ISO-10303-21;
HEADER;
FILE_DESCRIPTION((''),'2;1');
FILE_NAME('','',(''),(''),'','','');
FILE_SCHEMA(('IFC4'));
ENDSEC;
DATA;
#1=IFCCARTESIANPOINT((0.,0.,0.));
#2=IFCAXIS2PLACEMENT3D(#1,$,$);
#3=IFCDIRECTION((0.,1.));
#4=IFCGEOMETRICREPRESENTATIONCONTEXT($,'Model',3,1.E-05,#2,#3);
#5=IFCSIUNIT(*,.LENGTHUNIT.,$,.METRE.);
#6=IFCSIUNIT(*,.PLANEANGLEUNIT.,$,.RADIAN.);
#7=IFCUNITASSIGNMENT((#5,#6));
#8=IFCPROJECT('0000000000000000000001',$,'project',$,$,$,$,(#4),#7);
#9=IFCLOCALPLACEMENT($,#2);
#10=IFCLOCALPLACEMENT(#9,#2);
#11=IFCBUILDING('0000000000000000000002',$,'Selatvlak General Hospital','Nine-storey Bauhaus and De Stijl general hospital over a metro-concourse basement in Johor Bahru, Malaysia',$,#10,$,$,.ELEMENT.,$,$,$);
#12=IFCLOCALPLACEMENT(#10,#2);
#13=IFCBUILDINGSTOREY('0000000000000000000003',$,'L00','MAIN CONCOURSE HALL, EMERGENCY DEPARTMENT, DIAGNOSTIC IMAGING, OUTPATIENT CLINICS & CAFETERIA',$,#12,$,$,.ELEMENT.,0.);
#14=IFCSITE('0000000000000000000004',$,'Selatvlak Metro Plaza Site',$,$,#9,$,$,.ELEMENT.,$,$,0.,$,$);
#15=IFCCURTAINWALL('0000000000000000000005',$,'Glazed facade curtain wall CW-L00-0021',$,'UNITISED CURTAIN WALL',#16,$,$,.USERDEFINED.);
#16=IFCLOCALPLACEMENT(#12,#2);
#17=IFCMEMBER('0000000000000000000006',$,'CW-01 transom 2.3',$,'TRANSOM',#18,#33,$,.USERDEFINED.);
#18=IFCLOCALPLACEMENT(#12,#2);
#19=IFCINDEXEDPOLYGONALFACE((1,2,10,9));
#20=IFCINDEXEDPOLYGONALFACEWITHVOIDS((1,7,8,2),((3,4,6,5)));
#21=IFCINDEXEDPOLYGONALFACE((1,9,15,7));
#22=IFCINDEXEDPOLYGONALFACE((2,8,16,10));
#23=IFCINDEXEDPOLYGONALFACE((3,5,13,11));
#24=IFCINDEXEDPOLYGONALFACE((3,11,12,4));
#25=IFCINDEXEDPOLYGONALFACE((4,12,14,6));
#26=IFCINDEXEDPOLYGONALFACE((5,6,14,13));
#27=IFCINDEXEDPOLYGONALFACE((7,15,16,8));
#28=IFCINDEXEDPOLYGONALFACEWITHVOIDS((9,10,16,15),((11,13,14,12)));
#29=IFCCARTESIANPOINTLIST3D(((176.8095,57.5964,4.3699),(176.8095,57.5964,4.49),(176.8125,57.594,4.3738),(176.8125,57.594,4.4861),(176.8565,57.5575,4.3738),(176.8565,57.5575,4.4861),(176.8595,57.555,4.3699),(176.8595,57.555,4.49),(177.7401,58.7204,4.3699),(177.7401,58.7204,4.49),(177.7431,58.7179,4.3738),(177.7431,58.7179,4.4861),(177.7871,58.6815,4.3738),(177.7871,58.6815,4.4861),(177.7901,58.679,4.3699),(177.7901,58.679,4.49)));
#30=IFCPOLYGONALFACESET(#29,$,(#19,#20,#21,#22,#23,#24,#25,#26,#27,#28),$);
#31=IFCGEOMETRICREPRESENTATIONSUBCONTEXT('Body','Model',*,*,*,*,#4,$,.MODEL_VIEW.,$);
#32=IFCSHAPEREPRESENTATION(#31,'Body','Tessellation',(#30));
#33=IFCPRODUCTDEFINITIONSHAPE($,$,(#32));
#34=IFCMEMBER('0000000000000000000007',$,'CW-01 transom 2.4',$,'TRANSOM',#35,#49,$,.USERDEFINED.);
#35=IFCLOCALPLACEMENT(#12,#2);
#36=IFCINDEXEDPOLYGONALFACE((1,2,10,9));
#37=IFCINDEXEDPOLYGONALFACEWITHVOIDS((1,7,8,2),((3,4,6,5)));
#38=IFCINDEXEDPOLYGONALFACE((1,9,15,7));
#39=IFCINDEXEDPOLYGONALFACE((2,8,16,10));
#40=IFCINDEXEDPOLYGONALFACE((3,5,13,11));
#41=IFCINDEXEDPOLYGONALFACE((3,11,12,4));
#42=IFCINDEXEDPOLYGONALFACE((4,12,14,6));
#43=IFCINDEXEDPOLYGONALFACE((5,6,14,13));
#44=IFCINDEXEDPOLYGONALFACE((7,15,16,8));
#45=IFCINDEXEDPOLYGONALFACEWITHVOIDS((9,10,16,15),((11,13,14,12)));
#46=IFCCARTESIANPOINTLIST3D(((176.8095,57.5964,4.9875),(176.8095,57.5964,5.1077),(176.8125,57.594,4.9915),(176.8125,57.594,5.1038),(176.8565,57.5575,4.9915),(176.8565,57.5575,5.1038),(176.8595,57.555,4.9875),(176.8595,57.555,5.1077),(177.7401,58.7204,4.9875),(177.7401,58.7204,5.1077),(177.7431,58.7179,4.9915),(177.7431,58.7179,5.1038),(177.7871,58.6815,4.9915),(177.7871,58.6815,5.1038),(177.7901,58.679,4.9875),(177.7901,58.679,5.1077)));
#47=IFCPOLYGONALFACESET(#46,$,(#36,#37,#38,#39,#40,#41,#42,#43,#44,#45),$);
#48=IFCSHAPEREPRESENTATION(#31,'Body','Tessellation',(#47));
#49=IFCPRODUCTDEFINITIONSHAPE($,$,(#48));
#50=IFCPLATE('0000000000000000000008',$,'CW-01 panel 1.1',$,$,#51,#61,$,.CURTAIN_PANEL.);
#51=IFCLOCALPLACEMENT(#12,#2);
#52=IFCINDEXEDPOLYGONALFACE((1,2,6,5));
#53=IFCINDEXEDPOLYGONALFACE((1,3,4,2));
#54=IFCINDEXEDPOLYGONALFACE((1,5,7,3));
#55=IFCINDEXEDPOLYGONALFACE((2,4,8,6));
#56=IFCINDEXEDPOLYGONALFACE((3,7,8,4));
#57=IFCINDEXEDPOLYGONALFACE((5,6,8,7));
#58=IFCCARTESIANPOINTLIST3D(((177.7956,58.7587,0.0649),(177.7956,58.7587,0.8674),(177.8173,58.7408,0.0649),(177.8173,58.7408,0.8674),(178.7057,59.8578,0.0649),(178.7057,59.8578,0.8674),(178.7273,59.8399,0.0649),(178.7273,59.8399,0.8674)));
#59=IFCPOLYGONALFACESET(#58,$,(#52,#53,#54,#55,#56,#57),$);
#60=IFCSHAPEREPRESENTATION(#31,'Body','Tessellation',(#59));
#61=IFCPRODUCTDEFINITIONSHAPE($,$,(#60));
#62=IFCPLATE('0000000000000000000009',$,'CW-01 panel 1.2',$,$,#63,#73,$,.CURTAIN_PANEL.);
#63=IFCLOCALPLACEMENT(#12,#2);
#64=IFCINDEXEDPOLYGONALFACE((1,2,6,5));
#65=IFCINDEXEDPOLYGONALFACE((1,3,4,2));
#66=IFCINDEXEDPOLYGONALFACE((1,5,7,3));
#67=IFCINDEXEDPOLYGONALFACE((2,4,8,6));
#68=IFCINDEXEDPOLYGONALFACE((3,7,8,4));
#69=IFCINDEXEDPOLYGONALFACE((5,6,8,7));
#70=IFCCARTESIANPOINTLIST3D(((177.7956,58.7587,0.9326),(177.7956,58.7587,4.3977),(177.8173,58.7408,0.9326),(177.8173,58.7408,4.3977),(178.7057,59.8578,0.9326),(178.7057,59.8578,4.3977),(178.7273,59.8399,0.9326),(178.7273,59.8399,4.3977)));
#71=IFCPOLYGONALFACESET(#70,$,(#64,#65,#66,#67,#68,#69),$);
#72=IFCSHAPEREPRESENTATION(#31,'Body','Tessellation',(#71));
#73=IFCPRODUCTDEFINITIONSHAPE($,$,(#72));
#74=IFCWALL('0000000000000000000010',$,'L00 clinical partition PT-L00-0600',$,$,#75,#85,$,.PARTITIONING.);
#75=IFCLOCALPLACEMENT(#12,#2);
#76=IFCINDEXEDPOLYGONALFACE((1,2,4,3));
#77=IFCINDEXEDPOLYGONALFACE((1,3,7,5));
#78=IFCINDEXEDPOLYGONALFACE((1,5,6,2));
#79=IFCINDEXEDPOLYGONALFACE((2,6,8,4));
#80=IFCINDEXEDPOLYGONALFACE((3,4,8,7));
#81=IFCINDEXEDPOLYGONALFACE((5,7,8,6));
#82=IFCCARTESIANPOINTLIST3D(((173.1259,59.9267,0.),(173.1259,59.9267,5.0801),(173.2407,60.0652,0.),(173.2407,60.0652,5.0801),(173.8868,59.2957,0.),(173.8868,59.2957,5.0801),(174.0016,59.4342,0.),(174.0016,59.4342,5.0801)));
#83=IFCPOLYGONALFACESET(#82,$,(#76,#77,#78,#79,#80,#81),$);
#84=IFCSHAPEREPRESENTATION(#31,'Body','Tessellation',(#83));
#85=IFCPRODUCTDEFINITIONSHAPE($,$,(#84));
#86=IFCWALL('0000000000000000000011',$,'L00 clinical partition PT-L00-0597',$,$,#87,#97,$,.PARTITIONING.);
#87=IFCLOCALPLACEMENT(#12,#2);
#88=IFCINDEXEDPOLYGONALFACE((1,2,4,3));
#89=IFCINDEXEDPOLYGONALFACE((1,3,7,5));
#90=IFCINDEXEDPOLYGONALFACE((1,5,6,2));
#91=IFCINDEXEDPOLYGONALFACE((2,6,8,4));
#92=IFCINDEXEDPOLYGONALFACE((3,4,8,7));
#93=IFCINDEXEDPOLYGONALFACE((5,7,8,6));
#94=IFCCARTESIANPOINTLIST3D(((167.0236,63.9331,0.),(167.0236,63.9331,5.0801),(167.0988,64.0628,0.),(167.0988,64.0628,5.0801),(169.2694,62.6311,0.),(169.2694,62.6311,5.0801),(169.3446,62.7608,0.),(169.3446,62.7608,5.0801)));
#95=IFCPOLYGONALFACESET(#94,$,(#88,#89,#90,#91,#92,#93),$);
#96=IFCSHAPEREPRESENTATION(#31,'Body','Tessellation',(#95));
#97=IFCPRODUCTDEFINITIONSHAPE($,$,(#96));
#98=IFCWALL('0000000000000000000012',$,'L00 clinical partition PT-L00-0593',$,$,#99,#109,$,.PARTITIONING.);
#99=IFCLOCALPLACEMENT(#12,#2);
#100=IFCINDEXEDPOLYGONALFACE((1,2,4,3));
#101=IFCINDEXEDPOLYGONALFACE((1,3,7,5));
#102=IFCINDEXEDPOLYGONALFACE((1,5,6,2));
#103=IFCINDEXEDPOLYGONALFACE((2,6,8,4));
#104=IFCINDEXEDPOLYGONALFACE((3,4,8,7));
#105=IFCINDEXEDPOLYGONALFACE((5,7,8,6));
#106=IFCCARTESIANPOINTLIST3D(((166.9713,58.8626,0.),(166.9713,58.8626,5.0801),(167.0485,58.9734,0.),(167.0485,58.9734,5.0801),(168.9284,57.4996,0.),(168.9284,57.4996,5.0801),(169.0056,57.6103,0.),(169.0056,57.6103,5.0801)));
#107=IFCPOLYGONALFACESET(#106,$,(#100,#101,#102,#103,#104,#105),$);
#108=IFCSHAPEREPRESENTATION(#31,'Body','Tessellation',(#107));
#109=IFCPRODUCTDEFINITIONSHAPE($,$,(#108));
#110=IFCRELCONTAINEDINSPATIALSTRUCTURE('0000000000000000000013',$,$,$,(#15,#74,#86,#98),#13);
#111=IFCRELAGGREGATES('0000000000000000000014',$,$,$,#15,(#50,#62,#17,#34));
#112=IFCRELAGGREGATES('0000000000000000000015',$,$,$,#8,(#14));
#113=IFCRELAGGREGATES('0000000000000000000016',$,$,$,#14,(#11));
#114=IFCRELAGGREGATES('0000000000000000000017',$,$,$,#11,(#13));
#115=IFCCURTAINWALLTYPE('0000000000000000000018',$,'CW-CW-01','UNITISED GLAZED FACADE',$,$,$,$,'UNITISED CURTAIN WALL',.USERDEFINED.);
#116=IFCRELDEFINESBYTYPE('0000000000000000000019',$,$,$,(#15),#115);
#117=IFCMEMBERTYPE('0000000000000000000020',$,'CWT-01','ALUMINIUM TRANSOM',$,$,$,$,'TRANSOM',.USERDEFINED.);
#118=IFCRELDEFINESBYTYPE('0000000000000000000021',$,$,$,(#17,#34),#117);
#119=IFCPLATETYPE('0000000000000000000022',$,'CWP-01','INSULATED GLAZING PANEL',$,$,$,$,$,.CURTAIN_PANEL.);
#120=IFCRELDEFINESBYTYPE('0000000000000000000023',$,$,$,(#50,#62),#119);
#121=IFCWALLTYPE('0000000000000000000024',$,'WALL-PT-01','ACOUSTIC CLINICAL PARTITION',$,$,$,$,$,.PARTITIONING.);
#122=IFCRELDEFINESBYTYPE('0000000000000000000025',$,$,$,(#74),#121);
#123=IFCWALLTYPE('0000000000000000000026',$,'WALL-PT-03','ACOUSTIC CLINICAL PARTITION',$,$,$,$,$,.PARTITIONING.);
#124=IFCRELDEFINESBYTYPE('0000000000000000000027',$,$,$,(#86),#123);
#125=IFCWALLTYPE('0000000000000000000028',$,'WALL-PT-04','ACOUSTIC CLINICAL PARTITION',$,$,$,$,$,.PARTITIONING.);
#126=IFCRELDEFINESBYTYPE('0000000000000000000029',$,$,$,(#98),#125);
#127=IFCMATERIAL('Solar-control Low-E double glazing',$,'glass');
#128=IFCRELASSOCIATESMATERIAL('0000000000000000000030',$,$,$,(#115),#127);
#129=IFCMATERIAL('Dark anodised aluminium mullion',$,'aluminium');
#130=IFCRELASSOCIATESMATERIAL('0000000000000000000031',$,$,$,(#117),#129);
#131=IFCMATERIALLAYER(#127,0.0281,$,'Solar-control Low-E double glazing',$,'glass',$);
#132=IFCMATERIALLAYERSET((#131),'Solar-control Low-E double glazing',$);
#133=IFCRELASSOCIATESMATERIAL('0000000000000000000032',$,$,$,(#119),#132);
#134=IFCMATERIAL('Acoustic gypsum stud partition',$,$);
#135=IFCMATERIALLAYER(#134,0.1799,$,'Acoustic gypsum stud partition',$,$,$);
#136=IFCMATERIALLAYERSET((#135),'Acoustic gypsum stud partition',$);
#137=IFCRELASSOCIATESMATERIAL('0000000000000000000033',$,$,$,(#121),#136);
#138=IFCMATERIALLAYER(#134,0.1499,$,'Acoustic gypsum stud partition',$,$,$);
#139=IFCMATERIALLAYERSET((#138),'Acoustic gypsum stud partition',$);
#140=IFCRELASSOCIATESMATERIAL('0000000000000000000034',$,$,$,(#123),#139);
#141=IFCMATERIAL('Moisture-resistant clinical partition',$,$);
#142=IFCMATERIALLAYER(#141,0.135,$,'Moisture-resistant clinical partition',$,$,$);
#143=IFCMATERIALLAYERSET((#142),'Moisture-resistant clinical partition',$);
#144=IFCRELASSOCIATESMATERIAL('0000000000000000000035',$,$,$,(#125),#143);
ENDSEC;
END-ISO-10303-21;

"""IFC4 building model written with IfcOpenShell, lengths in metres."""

from ifc_helpers import new_model, si_unit, direction, frame, frame_2d, origin, origin_2d, place, context, subcontext, project, spatial, rectangle, hollow_rectangle, extrude, material, layer, layer_set, material_profile, profile_set, type_object, element, aggregate, save


model = new_model("IFC4")

# Units and contexts
model_context = context("Model", 3, precision=1e-05, world=origin(), true_north=direction((0.0, 1.0)))
body_context = subcontext(model_context, "Body", "Model", "MODEL_VIEW")
ifc_project = project(units=[si_unit("LENGTHUNIT", "METRE"), si_unit("PLANEANGLEUNIT", "RADIAN")], contexts=[model_context])

# Site, building, storey
site_placement = place(None, origin())
site = spatial("IfcSite", under=ifc_project, at=site_placement, Name="Selatvlak Metro Plaza Site", CompositionType="ELEMENT", RefElevation=0.0)
building_placement = place(site_placement, origin())
building = spatial("IfcBuilding", under=site, at=building_placement, Name="Selatvlak General Hospital", Description="Nine-storey Bauhaus and De Stijl general hospital over a metro-concourse basement in Johor Bahru, Malaysia", CompositionType="ELEMENT")
storey_placement = place(building_placement, origin())
storey = spatial("IfcBuildingStorey", under=building, at=storey_placement, Name="L00", Description="MAIN CONCOURSE HALL, EMERGENCY DEPARTMENT, DIAGNOSTIC IMAGING, OUTPATIENT CLINICS & CAFETERIA", CompositionType="ELEMENT", Elevation=0.0)

# Curtain wall, members, plates
ifc_material_1 = material(Name="Solar-control Low-E double glazing", Category="glass")
curtain_wall_type = type_object("IfcCurtainWallType", Name="CW-CW-01", Description="UNITISED GLAZED FACADE", ElementType="UNITISED CURTAIN WALL", PredefinedType="USERDEFINED", material=ifc_material_1)
curtain_wall_placement = place(storey_placement, origin())
curtain_wall = element("IfcCurtainWall", 1, at=curtain_wall_placement, inside=storey, type_object=curtain_wall_type, Name="Glazed facade curtain wall CW-L00-0021", ObjectType="UNITISED CURTAIN WALL", PredefinedType="USERDEFINED")
ifc_material_2 = material(Name="Dark anodised aluminium mullion", Category="aluminium")
ifc_material_profile_1 = material_profile(ifc_material_2, hollow_rectangle(XDim=0.0649, YDim=0.1201, WallThickness=0.0039, at=origin_2d()), Name="AL-TRN 65x120x4")
ifc_profile_set_1 = profile_set([ifc_material_profile_1], Name="Dark anodised aluminium mullion")
member_type_1 = type_object("IfcMemberType", Name="CWT-01", Description="ALUMINIUM TRANSOM", ElementType="TRANSOM", PredefinedType="USERDEFINED", material=ifc_profile_set_1)
member_1_placement = place(storey_placement, frame((177.7651, 58.6997, 4.4299), z_axis=(-0.637746, -0.770247, 0.0), x_axis=(0.770247, -0.637746, 0.0)))
member_1 = element("IfcMember", 2, at=member_1_placement, type_object=member_type_1, Name="CW-01 transom 2.3", ObjectType="TRANSOM", PredefinedType="USERDEFINED", context=body_context, shape_type="SweptSolid", body=[
    extrude(hollow_rectangle(XDim=0.0649, YDim=0.1201, WallThickness=0.0039, at=origin_2d()), origin(), (0.0, 0.0, 1.0), 1.4592),
])
member_2_placement = place(storey_placement, frame((177.7651, 58.6997, 5.0476), z_axis=(-0.637746, -0.770247, 0.0), x_axis=(0.770247, -0.637746, 0.0)))
member_2 = element("IfcMember", 3, at=member_2_placement, type_object=member_type_1, Name="CW-01 transom 2.4", ObjectType="TRANSOM", PredefinedType="USERDEFINED", context=body_context, shape_type="SweptSolid", body=[
    extrude(hollow_rectangle(XDim=0.0649, YDim=0.1201, WallThickness=0.0039, at=origin_2d()), origin(), (0.0, 0.0, 1.0), 1.4592),
])
ifc_layer_1 = layer(ifc_material_1, 0.0281, Name="Solar-control Low-E double glazing", Category="glass")
ifc_layer_set_1 = layer_set([ifc_layer_1], Name="Solar-control Low-E double glazing")
plate_type = type_object("IfcPlateType", Name="CWP-01", Description="INSULATED GLAZING PANEL", PredefinedType="CURTAIN_PANEL", material=ifc_layer_set_1)
plate_1_placement = place(storey_placement, frame((178.2615, 59.2993, 0.0649), z_axis=(0.0, 0.0, 1.0), x_axis=(-0.63774, -0.770252, 0.0)))
plate_1 = element("IfcPlate", 4, at=plate_1_placement, type_object=plate_type, Name="CW-01 panel 1.1", PredefinedType="CURTAIN_PANEL", context=body_context, shape_type="SweptSolid", body=[
    extrude(rectangle(XDim=1.427, YDim=0.0281, at=origin_2d()), origin(), (0.0, 0.0, 1.0), 0.8025),
])
plate_2_placement = place(storey_placement, frame((178.2615, 59.2993, 0.9326), z_axis=(0.0, 0.0, 1.0), x_axis=(-0.63774, -0.770252, 0.0)))
plate_2 = element("IfcPlate", 5, at=plate_2_placement, type_object=plate_type, Name="CW-01 panel 1.2", PredefinedType="CURTAIN_PANEL", context=body_context, shape_type="SweptSolid", body=[
    extrude(rectangle(XDim=1.427, YDim=0.0281, at=origin_2d()), origin(), (0.0, 0.0, 1.0), 3.4651),
])
aggregate(curtain_wall, [plate_1, plate_2, member_1, member_2])

# Wall
ifc_material_3 = material(Name="Acoustic gypsum stud partition")
ifc_layer_2 = layer(ifc_material_3, 0.1799, Name="Acoustic gypsum stud partition")
ifc_layer_set_2 = layer_set([ifc_layer_2], Name="Acoustic gypsum stud partition")
wall_type_1 = type_object("IfcWallType", Name="WALL-PT-01", Description="ACOUSTIC CLINICAL PARTITION", PredefinedType="PARTITIONING", material=ifc_layer_set_2)
wall_1_placement = place(storey_placement, frame((173.9441, 59.365, 0.0), z_axis=(0.0, 0.0, 1.0), x_axis=(-0.769737, 0.638361, 0.0)))
element("IfcWall", 6, at=wall_1_placement, inside=storey, type_object=wall_type_1, Name="L00 clinical partition PT-L00-0600", PredefinedType="PARTITIONING", context=body_context, shape_type="SweptSolid", body=[
    extrude(rectangle(XDim=0.9885, YDim=0.1799, at=frame_2d((0.4941, 0.0))), origin(), (0.0, 0.0, 1.0), 5.0801),
])

# Walls
ifc_layer_3 = layer(ifc_material_3, 0.1499, Name="Acoustic gypsum stud partition")
ifc_layer_set_3 = layer_set([ifc_layer_3], Name="Acoustic gypsum stud partition")
wall_type_2 = type_object("IfcWallType", Name="WALL-PT-03", Description="ACOUSTIC CLINICAL PARTITION", PredefinedType="PARTITIONING", material=ifc_layer_set_3)
wall_2_placement = place(storey_placement, frame((169.3069, 62.696, 0.0), z_axis=(0.0, 0.0, 1.0), x_axis=(-0.86513, 0.501548, 0.0)))
element("IfcWall", 7, at=wall_2_placement, inside=storey, type_object=wall_type_2, Name="L00 clinical partition PT-L00-0597", PredefinedType="PARTITIONING", context=body_context, shape_type="SweptSolid", body=[
    extrude(rectangle(XDim=2.5959, YDim=0.1499, at=frame_2d((1.2979, 0.0))), origin(), (0.0, 0.0, 1.0), 5.0801),
])
ifc_material_4 = material(Name="Moisture-resistant clinical partition")
ifc_layer_4 = layer(ifc_material_4, 0.135, Name="Moisture-resistant clinical partition")
ifc_layer_set_4 = layer_set([ifc_layer_4], Name="Moisture-resistant clinical partition")
wall_type_3 = type_object("IfcWallType", Name="WALL-PT-04", Description="ACOUSTIC CLINICAL PARTITION", PredefinedType="PARTITIONING", material=ifc_layer_set_4)
wall_3_placement = place(storey_placement, frame((167.01, 58.918, 0.0), z_axis=(0.0, 0.0, 1.0), x_axis=(0.820586, -0.571523, 0.0)))
element("IfcWall", 8, at=wall_3_placement, inside=storey, type_object=wall_type_3, Name="L00 clinical partition PT-L00-0593", PredefinedType="PARTITIONING", context=body_context, shape_type="SweptSolid", body=[
    extrude(rectangle(XDim=2.385, YDim=0.135, at=frame_2d((1.1924, 0.0))), origin(), (0.0, 0.0, 1.0), 5.0801),
])

save(model, "model.ifc")
